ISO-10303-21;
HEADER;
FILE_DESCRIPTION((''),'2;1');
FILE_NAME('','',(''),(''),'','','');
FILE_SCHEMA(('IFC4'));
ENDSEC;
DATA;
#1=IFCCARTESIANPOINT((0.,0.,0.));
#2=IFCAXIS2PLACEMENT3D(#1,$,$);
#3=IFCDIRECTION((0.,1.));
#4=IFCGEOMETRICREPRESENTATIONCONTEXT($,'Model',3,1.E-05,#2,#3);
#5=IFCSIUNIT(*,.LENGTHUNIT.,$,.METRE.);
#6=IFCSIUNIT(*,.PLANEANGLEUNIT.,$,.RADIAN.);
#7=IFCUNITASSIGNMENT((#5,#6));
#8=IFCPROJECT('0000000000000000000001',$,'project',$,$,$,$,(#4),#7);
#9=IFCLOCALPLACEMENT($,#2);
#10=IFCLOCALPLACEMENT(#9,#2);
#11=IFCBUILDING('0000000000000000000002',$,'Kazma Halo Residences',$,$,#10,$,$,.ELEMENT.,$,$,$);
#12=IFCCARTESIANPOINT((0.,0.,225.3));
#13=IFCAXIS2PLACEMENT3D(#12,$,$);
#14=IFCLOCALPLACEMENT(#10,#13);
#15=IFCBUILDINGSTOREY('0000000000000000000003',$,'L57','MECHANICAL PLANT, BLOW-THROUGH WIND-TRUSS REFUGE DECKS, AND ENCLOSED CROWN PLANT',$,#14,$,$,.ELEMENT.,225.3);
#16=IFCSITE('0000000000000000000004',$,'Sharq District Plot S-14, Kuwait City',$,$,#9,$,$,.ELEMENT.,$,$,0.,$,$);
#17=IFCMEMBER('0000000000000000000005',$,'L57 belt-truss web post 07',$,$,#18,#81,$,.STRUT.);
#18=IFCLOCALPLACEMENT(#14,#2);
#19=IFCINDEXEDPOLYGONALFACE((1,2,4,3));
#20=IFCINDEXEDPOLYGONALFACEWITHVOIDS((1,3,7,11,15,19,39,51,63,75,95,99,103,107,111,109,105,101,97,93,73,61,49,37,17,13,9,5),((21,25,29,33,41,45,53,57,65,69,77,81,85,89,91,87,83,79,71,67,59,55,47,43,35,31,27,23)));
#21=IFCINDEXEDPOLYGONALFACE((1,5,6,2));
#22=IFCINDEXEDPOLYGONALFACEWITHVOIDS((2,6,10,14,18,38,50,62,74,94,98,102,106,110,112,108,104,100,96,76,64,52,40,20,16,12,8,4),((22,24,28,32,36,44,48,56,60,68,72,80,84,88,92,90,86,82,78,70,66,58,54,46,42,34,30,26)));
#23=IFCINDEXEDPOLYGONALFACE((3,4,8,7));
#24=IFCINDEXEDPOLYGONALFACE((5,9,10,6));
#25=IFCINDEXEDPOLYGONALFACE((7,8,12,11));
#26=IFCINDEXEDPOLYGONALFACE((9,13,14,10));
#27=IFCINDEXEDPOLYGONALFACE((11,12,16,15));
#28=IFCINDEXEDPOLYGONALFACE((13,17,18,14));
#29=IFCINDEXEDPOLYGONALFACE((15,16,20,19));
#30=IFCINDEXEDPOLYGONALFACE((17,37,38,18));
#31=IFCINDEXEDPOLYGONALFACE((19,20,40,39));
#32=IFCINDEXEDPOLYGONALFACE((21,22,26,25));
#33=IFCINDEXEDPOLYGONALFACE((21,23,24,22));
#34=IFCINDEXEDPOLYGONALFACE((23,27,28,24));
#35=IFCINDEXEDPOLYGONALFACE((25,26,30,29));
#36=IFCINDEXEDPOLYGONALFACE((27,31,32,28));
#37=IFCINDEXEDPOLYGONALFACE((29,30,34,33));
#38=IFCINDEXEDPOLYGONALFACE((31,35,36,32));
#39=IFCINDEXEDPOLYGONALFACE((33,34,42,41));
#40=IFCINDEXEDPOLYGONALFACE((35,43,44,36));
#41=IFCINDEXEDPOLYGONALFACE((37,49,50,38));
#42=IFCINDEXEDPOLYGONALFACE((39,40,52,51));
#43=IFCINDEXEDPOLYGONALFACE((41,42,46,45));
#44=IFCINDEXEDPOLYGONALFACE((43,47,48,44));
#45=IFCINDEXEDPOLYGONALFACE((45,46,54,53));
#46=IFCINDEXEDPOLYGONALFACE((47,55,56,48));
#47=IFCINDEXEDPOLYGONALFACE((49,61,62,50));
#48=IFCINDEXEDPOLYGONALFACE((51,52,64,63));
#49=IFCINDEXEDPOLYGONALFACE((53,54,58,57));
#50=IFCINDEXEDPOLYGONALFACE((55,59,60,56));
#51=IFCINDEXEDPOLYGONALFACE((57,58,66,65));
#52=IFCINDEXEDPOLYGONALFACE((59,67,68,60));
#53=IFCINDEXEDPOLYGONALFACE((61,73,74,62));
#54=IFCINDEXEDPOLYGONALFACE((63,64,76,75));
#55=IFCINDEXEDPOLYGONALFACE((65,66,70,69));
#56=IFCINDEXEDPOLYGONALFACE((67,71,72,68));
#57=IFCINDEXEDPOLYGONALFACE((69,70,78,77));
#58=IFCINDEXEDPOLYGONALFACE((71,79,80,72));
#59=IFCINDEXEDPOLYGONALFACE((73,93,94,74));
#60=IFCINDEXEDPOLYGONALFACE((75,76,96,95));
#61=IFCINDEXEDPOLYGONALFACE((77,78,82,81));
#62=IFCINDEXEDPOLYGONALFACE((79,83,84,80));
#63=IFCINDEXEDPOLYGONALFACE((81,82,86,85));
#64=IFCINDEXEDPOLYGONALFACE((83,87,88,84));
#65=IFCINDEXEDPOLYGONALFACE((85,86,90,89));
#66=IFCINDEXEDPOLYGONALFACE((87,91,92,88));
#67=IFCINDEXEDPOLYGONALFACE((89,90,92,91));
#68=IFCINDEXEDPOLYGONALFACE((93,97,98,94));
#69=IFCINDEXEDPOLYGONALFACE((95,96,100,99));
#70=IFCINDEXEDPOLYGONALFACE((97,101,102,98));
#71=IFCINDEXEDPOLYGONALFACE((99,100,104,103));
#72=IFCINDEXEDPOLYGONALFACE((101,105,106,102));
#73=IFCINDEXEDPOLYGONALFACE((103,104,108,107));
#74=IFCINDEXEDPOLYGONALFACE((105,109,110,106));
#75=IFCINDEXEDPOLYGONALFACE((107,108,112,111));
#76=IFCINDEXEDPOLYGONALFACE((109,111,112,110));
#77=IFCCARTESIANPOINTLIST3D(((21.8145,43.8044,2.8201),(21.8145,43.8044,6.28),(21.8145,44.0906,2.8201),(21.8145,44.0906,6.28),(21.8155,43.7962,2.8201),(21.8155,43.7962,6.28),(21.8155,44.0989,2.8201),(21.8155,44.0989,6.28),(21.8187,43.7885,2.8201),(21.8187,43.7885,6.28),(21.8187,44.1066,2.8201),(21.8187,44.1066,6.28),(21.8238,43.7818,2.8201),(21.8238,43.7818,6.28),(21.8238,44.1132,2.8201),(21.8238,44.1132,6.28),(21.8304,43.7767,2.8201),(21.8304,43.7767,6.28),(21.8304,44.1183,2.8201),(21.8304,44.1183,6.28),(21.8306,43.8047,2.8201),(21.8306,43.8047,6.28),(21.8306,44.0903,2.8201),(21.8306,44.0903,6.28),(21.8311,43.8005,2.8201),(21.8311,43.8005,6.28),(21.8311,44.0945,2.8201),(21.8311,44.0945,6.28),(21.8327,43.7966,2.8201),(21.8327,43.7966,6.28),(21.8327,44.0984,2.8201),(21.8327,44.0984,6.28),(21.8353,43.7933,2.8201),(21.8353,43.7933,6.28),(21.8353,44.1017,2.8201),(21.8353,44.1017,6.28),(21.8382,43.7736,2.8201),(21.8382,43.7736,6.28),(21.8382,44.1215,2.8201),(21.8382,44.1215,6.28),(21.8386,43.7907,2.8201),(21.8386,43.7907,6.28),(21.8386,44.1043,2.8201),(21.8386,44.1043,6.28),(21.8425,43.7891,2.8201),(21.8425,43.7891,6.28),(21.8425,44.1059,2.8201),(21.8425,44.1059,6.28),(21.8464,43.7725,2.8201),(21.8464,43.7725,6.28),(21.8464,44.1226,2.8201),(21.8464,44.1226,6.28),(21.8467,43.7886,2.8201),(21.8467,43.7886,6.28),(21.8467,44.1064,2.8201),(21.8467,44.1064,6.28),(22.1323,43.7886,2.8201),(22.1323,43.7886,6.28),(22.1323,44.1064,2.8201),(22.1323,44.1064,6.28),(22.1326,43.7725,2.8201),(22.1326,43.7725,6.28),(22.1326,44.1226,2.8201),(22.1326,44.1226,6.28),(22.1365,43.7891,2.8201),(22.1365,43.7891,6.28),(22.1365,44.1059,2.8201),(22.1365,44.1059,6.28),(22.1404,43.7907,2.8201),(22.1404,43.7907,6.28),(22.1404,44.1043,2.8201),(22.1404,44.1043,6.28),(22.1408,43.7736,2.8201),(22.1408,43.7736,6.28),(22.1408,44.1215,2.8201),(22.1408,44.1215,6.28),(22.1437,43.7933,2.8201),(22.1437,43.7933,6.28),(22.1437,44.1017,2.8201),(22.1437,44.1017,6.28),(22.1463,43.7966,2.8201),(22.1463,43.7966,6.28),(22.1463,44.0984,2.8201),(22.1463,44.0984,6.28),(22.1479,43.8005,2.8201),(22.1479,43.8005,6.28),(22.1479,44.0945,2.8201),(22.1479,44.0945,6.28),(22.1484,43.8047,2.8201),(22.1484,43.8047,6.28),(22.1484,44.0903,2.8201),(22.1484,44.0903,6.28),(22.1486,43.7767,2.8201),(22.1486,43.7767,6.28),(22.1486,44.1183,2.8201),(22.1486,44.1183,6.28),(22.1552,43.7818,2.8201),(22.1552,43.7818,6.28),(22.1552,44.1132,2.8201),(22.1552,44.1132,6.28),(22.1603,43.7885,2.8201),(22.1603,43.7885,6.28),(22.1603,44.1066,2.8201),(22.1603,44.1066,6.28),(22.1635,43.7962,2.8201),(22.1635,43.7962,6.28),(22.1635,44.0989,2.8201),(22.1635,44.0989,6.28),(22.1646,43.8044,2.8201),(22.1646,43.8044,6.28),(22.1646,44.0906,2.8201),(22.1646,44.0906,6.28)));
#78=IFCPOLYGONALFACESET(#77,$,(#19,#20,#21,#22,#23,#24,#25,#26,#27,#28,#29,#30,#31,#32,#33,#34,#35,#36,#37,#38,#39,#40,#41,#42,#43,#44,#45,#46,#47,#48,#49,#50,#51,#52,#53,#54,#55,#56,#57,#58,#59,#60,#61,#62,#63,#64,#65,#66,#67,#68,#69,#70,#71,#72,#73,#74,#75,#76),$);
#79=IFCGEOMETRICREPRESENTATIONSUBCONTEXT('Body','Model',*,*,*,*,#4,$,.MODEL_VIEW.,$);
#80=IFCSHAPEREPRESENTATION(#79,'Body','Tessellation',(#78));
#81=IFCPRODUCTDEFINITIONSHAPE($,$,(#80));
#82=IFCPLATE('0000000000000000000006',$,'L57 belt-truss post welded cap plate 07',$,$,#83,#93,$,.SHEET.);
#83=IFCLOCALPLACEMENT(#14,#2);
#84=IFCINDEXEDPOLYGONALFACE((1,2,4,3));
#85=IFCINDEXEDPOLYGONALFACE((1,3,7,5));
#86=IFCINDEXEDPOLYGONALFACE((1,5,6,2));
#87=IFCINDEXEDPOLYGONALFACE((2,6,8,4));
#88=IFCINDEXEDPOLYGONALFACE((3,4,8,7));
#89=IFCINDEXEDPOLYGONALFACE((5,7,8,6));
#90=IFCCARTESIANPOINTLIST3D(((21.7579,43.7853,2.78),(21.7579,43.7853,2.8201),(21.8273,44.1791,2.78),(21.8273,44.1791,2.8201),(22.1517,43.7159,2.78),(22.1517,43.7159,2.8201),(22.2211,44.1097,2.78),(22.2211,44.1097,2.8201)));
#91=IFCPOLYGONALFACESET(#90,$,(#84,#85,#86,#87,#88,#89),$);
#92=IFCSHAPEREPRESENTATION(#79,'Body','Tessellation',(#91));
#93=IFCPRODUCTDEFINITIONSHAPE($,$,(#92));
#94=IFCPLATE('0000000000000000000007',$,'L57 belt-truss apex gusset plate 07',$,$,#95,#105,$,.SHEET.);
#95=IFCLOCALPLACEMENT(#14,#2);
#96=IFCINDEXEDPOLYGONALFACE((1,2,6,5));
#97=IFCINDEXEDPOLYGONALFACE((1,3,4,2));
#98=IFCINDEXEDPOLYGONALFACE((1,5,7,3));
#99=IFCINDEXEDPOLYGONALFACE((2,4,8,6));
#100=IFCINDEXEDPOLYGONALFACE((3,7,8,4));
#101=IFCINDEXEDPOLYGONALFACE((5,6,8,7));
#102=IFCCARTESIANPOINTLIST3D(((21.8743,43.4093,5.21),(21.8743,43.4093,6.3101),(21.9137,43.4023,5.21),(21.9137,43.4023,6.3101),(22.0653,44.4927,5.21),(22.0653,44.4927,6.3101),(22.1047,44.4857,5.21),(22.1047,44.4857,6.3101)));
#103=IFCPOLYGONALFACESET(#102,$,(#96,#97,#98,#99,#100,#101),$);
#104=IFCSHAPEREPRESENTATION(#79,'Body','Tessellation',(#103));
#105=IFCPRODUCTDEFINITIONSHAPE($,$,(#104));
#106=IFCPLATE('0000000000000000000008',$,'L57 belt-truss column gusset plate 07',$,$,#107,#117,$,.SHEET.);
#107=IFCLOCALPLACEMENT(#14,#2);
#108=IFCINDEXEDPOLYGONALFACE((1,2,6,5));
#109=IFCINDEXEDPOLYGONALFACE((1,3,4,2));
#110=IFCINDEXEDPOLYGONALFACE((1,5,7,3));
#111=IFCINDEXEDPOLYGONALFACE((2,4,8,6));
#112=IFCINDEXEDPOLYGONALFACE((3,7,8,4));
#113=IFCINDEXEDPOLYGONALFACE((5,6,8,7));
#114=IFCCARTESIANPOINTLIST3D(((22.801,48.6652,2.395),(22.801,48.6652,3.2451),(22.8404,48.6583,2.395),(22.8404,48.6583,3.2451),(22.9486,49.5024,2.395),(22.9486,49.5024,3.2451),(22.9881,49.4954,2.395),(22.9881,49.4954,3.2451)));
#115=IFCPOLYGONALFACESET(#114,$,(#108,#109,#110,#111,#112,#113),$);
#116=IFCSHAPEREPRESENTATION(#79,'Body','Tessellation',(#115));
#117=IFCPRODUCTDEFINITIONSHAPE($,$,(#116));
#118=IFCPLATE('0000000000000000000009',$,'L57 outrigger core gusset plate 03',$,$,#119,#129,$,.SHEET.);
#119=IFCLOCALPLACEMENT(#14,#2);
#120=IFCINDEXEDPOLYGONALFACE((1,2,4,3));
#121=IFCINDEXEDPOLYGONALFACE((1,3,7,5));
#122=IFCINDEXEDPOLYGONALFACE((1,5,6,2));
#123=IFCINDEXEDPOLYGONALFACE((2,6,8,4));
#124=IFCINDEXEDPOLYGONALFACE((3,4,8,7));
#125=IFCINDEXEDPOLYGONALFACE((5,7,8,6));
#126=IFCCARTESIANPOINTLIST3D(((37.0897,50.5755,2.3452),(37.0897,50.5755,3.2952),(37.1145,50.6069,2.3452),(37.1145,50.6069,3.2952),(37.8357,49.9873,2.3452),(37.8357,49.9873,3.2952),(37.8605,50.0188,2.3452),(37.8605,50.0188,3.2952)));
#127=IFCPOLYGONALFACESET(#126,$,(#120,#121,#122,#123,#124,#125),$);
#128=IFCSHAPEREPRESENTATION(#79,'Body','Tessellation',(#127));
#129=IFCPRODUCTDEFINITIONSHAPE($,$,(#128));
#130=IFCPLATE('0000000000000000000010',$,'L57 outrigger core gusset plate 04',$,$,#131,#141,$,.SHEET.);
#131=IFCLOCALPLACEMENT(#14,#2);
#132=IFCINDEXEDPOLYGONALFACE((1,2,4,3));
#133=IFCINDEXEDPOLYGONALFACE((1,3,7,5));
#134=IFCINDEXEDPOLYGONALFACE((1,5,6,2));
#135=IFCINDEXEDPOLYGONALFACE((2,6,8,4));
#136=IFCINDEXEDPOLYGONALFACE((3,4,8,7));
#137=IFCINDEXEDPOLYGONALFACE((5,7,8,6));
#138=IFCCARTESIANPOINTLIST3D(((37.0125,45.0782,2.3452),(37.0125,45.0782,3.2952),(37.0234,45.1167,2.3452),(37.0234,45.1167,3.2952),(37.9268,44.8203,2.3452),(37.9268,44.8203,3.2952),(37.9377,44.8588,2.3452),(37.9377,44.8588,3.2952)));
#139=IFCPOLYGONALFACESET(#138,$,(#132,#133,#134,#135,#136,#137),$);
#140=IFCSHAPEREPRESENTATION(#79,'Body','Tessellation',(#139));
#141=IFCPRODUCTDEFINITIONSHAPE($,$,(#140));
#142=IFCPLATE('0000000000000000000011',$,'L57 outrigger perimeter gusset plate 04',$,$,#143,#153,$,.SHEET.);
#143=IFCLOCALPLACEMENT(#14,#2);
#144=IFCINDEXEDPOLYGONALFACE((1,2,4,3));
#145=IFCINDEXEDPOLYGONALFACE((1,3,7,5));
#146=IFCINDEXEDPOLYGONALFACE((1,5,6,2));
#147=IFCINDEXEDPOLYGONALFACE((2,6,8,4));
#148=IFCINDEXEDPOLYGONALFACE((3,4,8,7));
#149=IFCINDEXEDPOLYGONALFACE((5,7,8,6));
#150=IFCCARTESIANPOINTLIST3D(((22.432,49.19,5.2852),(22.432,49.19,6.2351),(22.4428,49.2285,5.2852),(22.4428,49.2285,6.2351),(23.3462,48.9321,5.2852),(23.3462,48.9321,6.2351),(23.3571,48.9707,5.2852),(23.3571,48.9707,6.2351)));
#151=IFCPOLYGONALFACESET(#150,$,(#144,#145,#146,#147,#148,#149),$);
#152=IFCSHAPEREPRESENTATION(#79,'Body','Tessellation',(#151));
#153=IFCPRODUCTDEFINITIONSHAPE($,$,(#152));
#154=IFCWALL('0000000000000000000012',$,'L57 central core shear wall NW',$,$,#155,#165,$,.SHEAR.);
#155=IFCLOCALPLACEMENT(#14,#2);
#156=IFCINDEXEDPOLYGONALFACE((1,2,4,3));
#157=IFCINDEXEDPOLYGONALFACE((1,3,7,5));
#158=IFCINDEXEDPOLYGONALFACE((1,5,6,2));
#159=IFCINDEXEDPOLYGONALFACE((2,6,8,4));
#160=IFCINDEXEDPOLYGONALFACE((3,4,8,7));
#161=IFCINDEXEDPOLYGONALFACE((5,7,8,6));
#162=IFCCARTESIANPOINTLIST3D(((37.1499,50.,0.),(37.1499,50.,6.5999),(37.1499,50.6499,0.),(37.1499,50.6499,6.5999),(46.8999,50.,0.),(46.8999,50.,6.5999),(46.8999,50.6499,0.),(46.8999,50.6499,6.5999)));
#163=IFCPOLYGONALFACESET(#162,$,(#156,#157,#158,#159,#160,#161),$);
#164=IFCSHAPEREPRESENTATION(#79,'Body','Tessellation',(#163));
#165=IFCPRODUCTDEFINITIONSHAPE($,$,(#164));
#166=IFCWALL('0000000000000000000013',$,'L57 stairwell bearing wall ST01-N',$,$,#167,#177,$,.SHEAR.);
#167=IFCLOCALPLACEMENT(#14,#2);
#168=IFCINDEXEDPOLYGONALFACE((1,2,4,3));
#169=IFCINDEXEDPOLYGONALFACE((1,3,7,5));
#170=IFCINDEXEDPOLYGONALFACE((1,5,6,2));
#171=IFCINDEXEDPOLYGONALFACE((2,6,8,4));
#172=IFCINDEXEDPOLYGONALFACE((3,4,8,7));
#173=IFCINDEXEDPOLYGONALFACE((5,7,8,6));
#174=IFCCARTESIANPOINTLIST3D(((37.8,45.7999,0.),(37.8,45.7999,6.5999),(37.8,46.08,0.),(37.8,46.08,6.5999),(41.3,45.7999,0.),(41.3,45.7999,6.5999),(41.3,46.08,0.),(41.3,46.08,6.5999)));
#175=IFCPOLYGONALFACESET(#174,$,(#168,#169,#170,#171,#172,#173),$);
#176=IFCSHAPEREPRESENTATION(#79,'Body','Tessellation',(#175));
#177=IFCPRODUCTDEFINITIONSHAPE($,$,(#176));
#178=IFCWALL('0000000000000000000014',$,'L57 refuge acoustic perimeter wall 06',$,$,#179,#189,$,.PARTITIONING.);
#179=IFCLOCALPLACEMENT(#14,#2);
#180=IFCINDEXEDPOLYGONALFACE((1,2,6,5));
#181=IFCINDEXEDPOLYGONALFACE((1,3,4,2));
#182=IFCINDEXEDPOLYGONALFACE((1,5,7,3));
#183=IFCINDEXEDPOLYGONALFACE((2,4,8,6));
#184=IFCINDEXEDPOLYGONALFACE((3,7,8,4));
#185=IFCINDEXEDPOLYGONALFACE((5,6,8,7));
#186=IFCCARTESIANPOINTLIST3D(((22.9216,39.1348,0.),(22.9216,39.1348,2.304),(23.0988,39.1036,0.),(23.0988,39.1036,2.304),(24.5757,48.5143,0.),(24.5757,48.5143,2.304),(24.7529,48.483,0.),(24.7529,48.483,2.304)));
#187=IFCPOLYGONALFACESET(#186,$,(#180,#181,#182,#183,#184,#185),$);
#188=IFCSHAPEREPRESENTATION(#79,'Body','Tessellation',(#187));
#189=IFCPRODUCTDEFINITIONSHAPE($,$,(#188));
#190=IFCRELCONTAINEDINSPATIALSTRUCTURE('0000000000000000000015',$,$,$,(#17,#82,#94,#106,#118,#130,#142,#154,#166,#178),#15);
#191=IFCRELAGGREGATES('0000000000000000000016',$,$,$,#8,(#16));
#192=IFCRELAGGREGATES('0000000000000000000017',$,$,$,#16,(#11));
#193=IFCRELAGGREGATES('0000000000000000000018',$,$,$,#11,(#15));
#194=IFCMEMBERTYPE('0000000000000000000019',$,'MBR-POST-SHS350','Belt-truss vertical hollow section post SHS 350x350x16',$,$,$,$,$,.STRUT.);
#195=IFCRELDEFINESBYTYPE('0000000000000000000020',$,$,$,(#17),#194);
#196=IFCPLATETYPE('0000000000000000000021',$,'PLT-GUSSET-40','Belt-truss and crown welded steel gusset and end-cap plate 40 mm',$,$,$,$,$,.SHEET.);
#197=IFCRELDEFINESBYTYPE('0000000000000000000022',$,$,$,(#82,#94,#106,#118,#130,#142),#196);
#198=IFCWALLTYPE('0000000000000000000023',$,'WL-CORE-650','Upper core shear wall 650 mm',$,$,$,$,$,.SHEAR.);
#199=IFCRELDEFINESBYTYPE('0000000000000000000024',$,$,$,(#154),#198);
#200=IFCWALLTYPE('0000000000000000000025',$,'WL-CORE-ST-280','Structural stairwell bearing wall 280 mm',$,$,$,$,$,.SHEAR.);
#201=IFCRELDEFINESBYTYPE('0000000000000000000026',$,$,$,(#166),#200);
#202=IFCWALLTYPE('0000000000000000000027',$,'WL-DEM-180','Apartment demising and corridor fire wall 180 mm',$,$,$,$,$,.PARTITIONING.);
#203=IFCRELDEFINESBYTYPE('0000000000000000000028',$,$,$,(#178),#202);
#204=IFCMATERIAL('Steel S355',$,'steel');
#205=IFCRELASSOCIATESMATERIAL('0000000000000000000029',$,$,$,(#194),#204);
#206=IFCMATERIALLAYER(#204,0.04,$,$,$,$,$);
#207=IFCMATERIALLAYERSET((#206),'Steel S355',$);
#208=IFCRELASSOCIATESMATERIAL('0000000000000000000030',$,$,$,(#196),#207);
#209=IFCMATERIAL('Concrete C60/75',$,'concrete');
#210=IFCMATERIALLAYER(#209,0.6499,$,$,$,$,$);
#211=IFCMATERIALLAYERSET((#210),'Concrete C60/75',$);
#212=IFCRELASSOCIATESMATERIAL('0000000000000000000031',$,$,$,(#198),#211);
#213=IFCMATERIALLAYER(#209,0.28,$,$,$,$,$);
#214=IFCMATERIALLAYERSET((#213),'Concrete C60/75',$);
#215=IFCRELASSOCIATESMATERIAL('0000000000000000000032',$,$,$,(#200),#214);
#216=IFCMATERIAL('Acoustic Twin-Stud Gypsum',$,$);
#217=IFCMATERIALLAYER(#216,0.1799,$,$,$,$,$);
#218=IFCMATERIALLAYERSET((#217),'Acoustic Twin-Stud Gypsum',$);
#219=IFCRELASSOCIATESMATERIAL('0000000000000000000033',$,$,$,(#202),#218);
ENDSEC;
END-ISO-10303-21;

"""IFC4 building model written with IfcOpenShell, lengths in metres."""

from ifc_helpers import new_model, si_unit, direction, frame, frame_2d, origin, origin_2d, place, context, subcontext, project, spatial, rectangle, hollow_rectangle, extrude, material, layer, layer_set, material_profile, profile_set, type_object, element, save


model = new_model("IFC4")

# Units and contexts
model_context = context("Model", 3, precision=1e-05, world=origin(), true_north=direction((0.0, 1.0)))
body_context = subcontext(model_context, "Body", "Model", "MODEL_VIEW")
ifc_project = project(units=[si_unit("LENGTHUNIT", "METRE"), si_unit("PLANEANGLEUNIT", "RADIAN")], contexts=[model_context])

# Site, building, storey
site_placement = place(None, origin())
site = spatial("IfcSite", under=ifc_project, at=site_placement, Name="Sharq District Plot S-14, Kuwait City", CompositionType="ELEMENT", RefElevation=0.0)
building_placement = place(site_placement, origin())
building = spatial("IfcBuilding", under=site, at=building_placement, Name="Kazma Halo Residences", CompositionType="ELEMENT")
storey_placement = place(building_placement, frame((0.0, 0.0, 225.3)))
storey = spatial("IfcBuildingStorey", under=building, at=storey_placement, Name="L57", Description="MECHANICAL PLANT, BLOW-THROUGH WIND-TRUSS REFUGE DECKS, AND ENCLOSED CROWN PLANT", CompositionType="ELEMENT", Elevation=225.3)

# Shared definitions
ifc_material_1 = material(Name="Steel S355", Category="steel")

# Member
ifc_material_profile_1 = material_profile(ifc_material_1, hollow_rectangle(XDim=0.3501, YDim=0.3501, WallThickness=0.0161, InnerFilletRadius=0.0161, OuterFilletRadius=0.032, at=origin_2d()), Name="SHS350x350x16")
ifc_profile_set_1 = profile_set([ifc_material_profile_1], Name="Steel S355")
member_type_1 = type_object("IfcMemberType", Name="MBR-POST-SHS350", Description="Belt-truss vertical hollow section post SHS 350x350x16", PredefinedType="STRUT", material=ifc_profile_set_1)
member_1_placement = place(storey_placement, frame((21.9895, 43.9475, 2.8201), z_axis=(0.0, 0.0, 1.0), x_axis=(1.0, 0.0, 0.0)))
element("IfcMember", 1, at=member_1_placement, inside=storey, type_object=member_type_1, Name="L57 belt-truss web post 07", PredefinedType="STRUT", context=body_context, shape_type="SweptSolid", body=[
    extrude(hollow_rectangle(XDim=0.3501, YDim=0.3501, WallThickness=0.0161, InnerFilletRadius=0.0161, OuterFilletRadius=0.032, at=origin_2d()), origin(), (0.0, 0.0, 1.0), 3.46),
])

# Plates
ifc_layer_1 = layer(ifc_material_1, 0.04)
ifc_layer_set_1 = layer_set([ifc_layer_1], Name="Steel S355")
plate_type = type_object("IfcPlateType", Name="PLT-GUSSET-40", Description="Belt-truss and crown welded steel gusset and end-cap plate 40 mm", PredefinedType="SHEET", material=ifc_layer_set_1)
plate_1_placement = place(storey_placement, frame((21.9895, 43.9475, 2.78), z_axis=(0.0, 0.0, 1.0), x_axis=(-0.173649, -0.984808, 0.0)))
element("IfcPlate", 2, at=plate_1_placement, inside=storey, type_object=plate_type, Name="L57 belt-truss post welded cap plate 07", PredefinedType="SHEET", context=body_context, shape_type="SweptSolid", body=[
    extrude(rectangle(XDim=0.3999, YDim=0.3999, at=origin_2d()), origin(), (0.0, 0.0, 1.0), 0.04),
])
plate_2_placement = place(storey_placement, frame((21.9895, 43.9475, 5.21), z_axis=(0.0, 0.0, 1.0), x_axis=(-0.173649, -0.984808, 0.0)))
element("IfcPlate", 3, at=plate_2_placement, inside=storey, type_object=plate_type, Name="L57 belt-truss apex gusset plate 07", PredefinedType="SHEET", context=body_context, shape_type="SweptSolid", body=[
    extrude(rectangle(XDim=1.1001, YDim=0.04, at=origin_2d()), origin(), (0.0, 0.0, 1.0), 1.1001),
])
plate_3_placement = place(storey_placement, frame((22.8945, 49.0803, 2.395), z_axis=(0.0, 0.0, 1.0), x_axis=(-0.173649, -0.984808, 0.0)))
element("IfcPlate", 4, at=plate_3_placement, inside=storey, type_object=plate_type, Name="L57 belt-truss column gusset plate 07", PredefinedType="SHEET", context=body_context, shape_type="SweptSolid", body=[
    extrude(rectangle(XDim=0.8501, YDim=0.04, at=origin_2d()), origin(), (0.0, 0.0, 1.0), 0.8501),
])
for number, where, z_axis, x_axis, name in (
    (5, (37.4751, 50.2971, 2.3452), (0.0, 0.0, 1.0), (-0.785316, 0.619095, 0.0), "L57 outrigger core gusset plate 03"),
    (6, (37.4751, 44.9685, 2.3452), (0.0, 0.0, 1.0), (-0.962457, 0.271434, 0.0), "L57 outrigger core gusset plate 04"),
    (7, (22.8945, 49.0803, 5.2852), (0.0, 0.0, 1.0), (-0.962457, 0.271434, 0.0), "L57 outrigger perimeter gusset plate 04"),
):
    element("IfcPlate", number, at=place(storey_placement, frame(where, z_axis=z_axis, x_axis=x_axis)), inside=storey, type_object=plate_type, Name=name, PredefinedType="SHEET", context=body_context, shape_type="SweptSolid", body=[
        extrude(rectangle(XDim=0.95, YDim=0.04, at=origin_2d()), origin(), (0.0, 0.0, 1.0), 0.95),
    ])

# Walls
ifc_material_2 = material(Name="Concrete C60/75", Category="concrete")
ifc_layer_2 = layer(ifc_material_2, 0.6499)
ifc_layer_set_2 = layer_set([ifc_layer_2], Name="Concrete C60/75")
wall_type_1 = type_object("IfcWallType", Name="WL-CORE-650", Description="Upper core shear wall 650 mm", PredefinedType="SHEAR", material=ifc_layer_set_2)
wall_1_placement = place(storey_placement, frame((37.1499, 50.325, 0.0), z_axis=(0.0, 0.0, 1.0), x_axis=(1.0, 0.0, 0.0)))
element("IfcWall", 8, at=wall_1_placement, inside=storey, type_object=wall_type_1, Name="L57 central core shear wall NW", PredefinedType="SHEAR", context=body_context, shape_type="SweptSolid", body=[
    extrude(rectangle(XDim=9.75, YDim=0.6499, at=frame_2d((4.875, 0.0))), origin(), (0.0, 0.0, 1.0), 6.5999),
])
ifc_layer_3 = layer(ifc_material_2, 0.28)
ifc_layer_set_3 = layer_set([ifc_layer_3], Name="Concrete C60/75")
wall_type_2 = type_object("IfcWallType", Name="WL-CORE-ST-280", Description="Structural stairwell bearing wall 280 mm", PredefinedType="SHEAR", material=ifc_layer_set_3)
wall_2_placement = place(storey_placement, frame((37.8, 45.9399, 0.0), z_axis=(0.0, 0.0, 1.0), x_axis=(1.0, 0.0, 0.0)))
element("IfcWall", 9, at=wall_2_placement, inside=storey, type_object=wall_type_2, Name="L57 stairwell bearing wall ST01-N", PredefinedType="SHEAR", context=body_context, shape_type="SweptSolid", body=[
    extrude(rectangle(XDim=3.5, YDim=0.28, at=frame_2d((1.75, 0.0))), origin(), (0.0, 0.0, 1.0), 6.5999),
])
ifc_material_3 = material(Name="Acoustic Twin-Stud Gypsum")
ifc_layer_4 = layer(ifc_material_3, 0.1799)
ifc_layer_set_4 = layer_set([ifc_layer_4], Name="Acoustic Twin-Stud Gypsum")
wall_type_3 = type_object("IfcWallType", Name="WL-DEM-180", Description="Apartment demising and corridor fire wall 180 mm", PredefinedType="PARTITIONING", material=ifc_layer_set_4)
wall_3_placement = place(storey_placement, frame((24.6643, 48.4988, 0.0), z_axis=(0.0, 0.0, 1.0), x_axis=(-0.17367, -0.984804, 0.0)))
element("IfcWall", 10, at=wall_3_placement, inside=storey, type_object=wall_type_3, Name="L57 refuge acoustic perimeter wall 06", PredefinedType="PARTITIONING", context=body_context, shape_type="SweptSolid", body=[
    extrude(rectangle(XDim=9.5242, YDim=0.1799, at=frame_2d((4.7622, 0.0))), origin(), (0.0, 0.0, 1.0), 2.304),
])

save(model, "model.ifc")
